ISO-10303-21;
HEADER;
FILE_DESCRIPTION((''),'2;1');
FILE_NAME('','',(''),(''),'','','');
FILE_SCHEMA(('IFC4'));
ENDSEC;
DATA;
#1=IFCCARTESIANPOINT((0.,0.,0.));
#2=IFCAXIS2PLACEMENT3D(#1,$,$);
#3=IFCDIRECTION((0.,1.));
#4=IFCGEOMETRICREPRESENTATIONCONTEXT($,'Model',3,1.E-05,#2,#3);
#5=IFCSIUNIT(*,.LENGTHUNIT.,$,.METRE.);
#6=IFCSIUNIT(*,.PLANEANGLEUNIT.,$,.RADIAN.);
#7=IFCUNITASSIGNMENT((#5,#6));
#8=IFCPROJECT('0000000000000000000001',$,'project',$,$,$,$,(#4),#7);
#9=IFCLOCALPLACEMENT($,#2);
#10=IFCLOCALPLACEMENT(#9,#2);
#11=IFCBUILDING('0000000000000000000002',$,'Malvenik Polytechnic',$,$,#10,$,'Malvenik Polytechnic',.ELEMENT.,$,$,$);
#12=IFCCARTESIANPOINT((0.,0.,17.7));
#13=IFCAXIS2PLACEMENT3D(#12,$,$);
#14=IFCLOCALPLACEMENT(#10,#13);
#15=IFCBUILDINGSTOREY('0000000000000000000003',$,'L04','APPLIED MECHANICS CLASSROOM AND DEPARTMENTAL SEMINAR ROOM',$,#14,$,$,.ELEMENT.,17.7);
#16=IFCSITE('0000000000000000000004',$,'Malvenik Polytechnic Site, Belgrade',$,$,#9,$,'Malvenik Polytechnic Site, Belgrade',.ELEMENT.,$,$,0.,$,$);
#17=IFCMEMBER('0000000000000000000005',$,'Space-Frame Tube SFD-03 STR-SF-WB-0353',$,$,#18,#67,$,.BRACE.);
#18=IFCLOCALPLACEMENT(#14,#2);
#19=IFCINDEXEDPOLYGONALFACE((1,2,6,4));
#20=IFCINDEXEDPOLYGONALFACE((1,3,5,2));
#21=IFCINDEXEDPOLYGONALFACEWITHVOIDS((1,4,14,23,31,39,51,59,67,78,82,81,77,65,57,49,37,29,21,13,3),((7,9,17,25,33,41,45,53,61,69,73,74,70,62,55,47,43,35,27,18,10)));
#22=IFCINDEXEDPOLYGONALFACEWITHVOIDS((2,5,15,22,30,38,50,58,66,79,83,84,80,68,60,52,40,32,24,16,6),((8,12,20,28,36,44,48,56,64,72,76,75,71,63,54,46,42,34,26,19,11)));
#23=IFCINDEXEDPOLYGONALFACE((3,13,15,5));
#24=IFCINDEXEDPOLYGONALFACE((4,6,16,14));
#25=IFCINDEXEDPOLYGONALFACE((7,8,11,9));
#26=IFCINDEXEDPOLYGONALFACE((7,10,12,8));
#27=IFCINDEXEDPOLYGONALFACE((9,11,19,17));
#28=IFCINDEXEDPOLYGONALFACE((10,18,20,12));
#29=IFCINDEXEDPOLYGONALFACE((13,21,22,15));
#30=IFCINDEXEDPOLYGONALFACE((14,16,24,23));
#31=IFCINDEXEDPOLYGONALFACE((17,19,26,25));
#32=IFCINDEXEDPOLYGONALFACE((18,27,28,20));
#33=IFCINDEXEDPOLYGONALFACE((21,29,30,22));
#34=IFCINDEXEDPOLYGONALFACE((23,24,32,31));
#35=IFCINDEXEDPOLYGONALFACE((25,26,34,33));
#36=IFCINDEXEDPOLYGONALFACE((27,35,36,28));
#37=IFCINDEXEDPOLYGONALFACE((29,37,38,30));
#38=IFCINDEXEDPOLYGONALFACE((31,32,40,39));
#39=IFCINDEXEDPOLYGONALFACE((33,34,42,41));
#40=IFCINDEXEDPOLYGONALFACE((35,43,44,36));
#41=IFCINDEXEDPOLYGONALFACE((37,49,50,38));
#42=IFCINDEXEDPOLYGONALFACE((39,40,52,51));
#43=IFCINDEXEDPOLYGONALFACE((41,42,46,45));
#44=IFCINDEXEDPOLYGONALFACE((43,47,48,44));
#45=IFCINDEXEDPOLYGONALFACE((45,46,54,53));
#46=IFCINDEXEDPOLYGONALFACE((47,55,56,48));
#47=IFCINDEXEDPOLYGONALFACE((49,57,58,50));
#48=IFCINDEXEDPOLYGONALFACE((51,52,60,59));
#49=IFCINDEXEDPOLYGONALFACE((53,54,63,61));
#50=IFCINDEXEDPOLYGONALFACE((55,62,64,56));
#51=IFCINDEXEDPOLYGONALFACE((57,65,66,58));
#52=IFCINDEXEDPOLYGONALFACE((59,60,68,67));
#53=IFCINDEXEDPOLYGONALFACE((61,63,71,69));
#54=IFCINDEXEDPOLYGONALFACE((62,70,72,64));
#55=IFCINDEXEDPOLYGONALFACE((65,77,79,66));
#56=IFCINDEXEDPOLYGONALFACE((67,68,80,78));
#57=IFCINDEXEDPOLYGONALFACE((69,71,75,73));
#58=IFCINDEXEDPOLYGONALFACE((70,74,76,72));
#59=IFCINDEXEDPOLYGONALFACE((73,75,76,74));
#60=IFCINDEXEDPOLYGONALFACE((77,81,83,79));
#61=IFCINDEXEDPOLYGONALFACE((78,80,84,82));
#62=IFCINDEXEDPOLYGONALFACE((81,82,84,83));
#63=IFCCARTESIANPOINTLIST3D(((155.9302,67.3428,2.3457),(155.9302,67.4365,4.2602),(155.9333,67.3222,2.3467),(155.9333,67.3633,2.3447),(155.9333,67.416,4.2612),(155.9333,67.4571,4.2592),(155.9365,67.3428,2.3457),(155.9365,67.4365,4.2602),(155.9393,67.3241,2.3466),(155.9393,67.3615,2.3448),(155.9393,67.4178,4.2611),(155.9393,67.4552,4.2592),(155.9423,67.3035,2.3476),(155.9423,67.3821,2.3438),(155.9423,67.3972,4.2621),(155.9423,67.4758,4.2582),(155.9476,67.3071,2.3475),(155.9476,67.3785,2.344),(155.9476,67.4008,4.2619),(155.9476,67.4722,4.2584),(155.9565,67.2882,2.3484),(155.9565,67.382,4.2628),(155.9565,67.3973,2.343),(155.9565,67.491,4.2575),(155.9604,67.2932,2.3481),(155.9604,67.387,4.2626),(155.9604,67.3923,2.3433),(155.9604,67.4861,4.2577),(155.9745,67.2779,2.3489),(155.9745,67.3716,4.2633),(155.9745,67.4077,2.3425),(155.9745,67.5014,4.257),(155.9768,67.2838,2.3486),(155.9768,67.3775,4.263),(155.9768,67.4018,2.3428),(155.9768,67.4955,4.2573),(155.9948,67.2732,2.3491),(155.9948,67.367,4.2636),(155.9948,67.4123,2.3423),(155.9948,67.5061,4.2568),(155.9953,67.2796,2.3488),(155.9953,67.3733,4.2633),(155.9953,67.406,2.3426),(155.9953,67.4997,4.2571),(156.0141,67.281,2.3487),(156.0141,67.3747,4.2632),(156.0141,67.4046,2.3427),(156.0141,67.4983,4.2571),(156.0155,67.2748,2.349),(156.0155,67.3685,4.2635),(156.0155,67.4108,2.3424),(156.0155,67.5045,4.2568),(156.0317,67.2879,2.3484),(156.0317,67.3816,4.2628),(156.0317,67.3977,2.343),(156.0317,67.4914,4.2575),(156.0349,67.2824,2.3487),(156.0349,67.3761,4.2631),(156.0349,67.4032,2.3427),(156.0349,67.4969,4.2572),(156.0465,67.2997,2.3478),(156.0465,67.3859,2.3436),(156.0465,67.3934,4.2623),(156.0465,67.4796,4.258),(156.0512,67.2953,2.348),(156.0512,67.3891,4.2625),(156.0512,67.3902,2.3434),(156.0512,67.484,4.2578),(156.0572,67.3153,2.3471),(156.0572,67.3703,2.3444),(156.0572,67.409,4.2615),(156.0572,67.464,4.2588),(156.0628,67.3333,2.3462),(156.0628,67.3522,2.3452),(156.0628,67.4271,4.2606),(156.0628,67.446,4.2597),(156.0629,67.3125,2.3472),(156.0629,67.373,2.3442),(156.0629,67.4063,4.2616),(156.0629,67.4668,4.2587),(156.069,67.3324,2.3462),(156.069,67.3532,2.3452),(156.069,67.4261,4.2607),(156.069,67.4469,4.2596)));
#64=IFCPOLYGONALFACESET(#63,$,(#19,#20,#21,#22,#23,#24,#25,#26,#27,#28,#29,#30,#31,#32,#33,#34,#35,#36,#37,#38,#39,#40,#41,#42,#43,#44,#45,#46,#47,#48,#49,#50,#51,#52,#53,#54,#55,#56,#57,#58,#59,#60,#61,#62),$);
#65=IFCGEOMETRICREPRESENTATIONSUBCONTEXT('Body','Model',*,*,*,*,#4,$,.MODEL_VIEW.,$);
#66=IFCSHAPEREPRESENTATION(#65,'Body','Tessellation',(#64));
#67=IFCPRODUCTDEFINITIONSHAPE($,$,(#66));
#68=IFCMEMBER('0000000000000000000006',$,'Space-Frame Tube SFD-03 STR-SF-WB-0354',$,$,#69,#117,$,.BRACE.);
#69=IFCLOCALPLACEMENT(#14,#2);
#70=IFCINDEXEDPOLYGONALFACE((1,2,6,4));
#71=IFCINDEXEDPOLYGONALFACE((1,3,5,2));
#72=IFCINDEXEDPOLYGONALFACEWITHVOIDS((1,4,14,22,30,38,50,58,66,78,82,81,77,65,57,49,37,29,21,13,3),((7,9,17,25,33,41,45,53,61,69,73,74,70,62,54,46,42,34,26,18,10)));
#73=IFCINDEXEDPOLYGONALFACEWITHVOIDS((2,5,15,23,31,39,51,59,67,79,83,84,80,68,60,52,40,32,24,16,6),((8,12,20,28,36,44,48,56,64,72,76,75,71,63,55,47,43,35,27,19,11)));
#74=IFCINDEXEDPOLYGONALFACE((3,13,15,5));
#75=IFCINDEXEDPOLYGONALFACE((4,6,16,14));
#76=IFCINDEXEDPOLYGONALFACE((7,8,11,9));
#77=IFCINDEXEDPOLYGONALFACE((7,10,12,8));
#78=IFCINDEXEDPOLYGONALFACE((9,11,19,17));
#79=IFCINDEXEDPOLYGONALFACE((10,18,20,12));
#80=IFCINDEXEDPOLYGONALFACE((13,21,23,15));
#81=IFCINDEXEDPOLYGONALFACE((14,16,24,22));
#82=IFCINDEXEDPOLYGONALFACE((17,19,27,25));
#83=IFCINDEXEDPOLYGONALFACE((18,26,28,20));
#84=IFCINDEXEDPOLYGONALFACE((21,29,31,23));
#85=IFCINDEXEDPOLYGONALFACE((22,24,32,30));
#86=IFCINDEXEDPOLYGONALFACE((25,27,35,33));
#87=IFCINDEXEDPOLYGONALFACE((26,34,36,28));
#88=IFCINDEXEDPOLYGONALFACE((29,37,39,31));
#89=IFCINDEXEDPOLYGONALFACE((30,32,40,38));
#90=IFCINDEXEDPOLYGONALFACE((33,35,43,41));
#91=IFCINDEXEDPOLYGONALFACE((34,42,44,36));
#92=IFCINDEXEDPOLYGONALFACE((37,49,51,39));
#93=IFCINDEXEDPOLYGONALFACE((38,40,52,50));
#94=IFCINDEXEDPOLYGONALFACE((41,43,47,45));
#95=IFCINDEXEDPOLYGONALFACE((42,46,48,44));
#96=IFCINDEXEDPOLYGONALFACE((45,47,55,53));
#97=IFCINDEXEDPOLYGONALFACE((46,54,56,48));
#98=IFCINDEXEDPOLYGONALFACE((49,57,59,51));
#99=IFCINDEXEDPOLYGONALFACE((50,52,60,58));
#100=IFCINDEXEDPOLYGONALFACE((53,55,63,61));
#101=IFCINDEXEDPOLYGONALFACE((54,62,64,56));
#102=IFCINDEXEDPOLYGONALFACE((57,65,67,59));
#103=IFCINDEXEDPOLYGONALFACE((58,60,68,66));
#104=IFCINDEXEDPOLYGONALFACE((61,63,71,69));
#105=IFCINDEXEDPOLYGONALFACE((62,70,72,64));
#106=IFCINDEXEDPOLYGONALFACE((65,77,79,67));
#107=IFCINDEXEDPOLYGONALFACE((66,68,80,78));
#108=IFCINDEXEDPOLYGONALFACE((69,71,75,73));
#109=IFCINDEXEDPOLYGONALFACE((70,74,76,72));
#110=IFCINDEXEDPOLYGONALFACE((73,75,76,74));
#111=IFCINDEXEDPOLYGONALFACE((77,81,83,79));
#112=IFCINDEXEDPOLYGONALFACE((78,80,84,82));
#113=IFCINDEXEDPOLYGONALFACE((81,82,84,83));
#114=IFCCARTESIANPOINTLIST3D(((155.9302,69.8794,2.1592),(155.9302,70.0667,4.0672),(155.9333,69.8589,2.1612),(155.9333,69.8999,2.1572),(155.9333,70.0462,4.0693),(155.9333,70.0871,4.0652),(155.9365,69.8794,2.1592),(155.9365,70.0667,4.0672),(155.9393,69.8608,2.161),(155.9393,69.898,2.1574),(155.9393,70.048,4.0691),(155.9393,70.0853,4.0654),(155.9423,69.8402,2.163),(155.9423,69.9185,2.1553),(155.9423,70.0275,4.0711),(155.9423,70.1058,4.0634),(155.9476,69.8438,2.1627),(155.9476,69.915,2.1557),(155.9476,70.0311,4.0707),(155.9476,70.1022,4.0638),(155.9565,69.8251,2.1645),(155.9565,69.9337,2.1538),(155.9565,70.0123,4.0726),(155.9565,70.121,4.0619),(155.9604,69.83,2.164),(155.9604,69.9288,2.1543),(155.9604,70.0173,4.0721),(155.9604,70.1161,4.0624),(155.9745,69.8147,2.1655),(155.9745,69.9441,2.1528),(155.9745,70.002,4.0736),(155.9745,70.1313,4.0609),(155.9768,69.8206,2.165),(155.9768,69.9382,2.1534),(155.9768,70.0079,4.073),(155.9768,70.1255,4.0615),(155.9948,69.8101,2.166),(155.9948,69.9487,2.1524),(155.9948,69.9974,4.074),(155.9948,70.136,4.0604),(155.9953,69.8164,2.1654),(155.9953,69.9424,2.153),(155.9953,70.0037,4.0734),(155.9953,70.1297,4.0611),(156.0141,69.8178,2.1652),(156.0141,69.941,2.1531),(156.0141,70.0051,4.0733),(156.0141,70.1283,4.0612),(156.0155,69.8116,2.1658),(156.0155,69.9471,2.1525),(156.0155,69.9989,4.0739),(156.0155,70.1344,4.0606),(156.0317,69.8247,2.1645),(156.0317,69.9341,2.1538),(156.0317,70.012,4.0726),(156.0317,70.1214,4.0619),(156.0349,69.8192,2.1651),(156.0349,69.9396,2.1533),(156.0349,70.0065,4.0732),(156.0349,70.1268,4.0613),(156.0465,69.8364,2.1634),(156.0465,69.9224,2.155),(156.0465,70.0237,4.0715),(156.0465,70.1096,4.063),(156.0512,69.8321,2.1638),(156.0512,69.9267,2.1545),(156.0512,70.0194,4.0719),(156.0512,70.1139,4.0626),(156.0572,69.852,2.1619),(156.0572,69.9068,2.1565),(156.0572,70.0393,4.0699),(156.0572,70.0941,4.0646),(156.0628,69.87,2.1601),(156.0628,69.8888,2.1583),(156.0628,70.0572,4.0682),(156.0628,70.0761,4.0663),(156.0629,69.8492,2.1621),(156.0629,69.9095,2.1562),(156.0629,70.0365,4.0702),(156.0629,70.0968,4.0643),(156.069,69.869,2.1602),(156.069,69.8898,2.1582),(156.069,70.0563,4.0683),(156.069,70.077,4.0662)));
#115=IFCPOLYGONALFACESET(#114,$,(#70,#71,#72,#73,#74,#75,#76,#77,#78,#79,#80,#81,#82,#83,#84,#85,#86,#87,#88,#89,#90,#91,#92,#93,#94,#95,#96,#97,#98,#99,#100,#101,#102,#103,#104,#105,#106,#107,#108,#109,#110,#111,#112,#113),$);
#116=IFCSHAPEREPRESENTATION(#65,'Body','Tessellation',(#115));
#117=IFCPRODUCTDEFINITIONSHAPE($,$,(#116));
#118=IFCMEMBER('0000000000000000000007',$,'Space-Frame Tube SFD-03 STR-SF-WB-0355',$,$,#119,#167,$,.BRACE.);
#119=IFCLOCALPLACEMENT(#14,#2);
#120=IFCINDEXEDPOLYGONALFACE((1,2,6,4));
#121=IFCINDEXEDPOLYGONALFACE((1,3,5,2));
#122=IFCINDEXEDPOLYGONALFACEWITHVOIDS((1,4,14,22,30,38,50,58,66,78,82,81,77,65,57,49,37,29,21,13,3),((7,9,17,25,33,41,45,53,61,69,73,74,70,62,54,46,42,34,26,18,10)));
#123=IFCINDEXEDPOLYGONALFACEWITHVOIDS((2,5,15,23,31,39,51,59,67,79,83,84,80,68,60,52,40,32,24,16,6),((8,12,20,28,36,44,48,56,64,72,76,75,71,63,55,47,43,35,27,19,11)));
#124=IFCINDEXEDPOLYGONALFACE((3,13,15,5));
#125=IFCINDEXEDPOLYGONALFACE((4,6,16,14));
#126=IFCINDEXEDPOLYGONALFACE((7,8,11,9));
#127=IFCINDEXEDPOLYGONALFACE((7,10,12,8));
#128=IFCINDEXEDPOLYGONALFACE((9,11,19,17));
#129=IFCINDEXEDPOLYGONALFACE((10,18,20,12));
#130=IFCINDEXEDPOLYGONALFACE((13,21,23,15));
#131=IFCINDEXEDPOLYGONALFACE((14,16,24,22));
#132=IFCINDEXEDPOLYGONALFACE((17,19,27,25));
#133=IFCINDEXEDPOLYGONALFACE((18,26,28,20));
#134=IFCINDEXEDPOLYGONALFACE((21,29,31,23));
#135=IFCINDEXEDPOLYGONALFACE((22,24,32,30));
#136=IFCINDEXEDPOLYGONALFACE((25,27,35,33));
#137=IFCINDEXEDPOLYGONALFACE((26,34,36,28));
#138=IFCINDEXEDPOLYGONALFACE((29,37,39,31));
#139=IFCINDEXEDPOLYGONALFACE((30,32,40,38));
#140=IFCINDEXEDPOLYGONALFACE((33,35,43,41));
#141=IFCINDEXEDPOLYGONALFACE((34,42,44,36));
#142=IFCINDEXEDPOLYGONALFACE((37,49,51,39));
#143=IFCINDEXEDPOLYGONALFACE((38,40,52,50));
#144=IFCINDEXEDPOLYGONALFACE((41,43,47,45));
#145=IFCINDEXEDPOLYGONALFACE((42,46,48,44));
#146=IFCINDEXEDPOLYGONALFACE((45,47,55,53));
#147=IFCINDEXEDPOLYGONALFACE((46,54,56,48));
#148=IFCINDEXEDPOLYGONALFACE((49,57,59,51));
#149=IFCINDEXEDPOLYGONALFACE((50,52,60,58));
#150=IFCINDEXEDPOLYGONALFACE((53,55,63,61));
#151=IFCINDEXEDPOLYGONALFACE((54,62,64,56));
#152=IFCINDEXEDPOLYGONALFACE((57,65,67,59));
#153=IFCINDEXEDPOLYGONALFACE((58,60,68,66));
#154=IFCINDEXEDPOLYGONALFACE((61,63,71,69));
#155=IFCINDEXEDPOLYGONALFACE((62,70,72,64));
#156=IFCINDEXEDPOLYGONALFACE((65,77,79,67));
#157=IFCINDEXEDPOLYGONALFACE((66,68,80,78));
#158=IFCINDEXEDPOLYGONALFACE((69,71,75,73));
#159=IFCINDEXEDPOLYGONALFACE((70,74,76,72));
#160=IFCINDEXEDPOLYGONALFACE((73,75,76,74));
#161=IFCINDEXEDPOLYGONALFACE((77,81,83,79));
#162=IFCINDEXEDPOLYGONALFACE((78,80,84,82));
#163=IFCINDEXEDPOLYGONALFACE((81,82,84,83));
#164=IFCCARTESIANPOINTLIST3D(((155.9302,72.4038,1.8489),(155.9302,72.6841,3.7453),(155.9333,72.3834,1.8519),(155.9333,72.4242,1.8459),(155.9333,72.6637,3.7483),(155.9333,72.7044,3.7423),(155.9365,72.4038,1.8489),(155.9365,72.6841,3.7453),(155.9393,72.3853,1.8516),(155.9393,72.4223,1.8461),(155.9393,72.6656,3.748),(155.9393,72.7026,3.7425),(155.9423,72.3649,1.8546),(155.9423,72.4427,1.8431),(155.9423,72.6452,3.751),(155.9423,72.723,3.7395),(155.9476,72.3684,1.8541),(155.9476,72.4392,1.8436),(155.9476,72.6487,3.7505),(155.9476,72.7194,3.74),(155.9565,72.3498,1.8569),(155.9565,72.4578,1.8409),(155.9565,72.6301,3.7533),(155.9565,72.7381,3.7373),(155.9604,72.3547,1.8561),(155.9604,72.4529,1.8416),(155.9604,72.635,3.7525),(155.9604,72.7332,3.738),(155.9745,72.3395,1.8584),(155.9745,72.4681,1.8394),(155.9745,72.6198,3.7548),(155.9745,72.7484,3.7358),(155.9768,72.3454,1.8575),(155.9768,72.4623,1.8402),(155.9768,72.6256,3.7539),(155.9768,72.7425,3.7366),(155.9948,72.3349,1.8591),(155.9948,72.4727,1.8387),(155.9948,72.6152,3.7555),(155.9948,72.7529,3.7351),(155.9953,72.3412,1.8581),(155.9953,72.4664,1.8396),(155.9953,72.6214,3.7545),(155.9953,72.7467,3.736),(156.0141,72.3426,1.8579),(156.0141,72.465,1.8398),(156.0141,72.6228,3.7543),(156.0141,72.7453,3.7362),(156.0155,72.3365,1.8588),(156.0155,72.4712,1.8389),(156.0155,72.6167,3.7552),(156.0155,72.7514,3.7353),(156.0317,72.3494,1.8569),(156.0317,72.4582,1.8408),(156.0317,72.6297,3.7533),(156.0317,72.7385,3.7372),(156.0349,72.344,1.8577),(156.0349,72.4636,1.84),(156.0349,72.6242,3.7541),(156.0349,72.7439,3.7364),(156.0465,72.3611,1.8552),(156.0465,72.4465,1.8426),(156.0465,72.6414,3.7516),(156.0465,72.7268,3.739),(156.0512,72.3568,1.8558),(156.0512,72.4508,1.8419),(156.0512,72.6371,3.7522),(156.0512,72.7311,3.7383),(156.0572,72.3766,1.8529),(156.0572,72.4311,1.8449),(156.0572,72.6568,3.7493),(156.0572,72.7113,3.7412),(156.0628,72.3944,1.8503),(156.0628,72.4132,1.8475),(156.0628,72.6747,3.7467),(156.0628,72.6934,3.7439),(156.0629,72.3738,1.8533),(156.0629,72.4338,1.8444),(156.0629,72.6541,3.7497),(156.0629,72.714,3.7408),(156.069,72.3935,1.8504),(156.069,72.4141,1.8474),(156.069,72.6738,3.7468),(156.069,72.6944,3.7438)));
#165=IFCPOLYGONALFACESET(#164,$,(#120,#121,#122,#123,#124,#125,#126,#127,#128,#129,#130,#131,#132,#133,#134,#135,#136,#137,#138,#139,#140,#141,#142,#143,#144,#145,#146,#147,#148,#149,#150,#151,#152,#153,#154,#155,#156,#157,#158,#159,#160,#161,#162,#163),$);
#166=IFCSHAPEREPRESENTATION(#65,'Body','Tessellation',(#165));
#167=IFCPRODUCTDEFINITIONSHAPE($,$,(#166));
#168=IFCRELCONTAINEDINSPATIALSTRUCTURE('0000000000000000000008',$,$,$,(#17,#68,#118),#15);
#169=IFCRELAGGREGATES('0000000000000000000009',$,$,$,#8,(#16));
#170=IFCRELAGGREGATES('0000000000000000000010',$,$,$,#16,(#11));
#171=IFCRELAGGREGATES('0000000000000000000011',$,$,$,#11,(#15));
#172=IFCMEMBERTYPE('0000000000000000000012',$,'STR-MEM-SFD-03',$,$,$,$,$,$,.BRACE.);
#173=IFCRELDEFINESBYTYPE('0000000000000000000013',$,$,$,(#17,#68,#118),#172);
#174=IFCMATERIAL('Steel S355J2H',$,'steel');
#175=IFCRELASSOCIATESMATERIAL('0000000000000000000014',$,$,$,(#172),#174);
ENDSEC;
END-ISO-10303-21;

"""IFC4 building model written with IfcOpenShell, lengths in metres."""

from ifc_helpers import new_model, si_unit, direction, frame, origin, origin_2d, place, context, subcontext, project, spatial, hollow_circle, extrude, material, material_profile, profile_set, type_object, element, save


model = new_model("IFC4")

# Units and contexts
model_context = context("Model", 3, precision=1e-05, world=origin(), true_north=direction((0.0, 1.0)))
body_context = subcontext(model_context, "Body", "Model", "MODEL_VIEW")
ifc_project = project(units=[si_unit("LENGTHUNIT", "METRE"), si_unit("PLANEANGLEUNIT", "RADIAN")], contexts=[model_context])

# Site, building, storey
site_placement = place(None, origin())
site = spatial("IfcSite", under=ifc_project, at=site_placement, Name="Malvenik Polytechnic Site, Belgrade", LongName="Malvenik Polytechnic Site, Belgrade", CompositionType="ELEMENT", RefElevation=0.0)
building_placement = place(site_placement, origin())
building = spatial("IfcBuilding", under=site, at=building_placement, Name="Malvenik Polytechnic", LongName="Malvenik Polytechnic", CompositionType="ELEMENT")
storey_placement = place(building_placement, frame((0.0, 0.0, 17.7)))
storey = spatial("IfcBuildingStorey", under=building, at=storey_placement, Name="L04", Description="APPLIED MECHANICS CLASSROOM AND DEPARTMENTAL SEMINAR ROOM", CompositionType="ELEMENT", Elevation=17.7)

# Members
ifc_material_1 = material(Name="Steel S355J2H", Category="steel")
ifc_material_profile_1 = material_profile(ifc_material_1, hollow_circle(Radius=0.0698, WallThickness=0.0063, at=origin_2d()), Name="CHS 139.7x6.3")
ifc_profile_set_1 = profile_set([ifc_material_profile_1], Name="Steel S355J2H")
member_type_1 = type_object("IfcMemberType", Name="STR-MEM-SFD-03", PredefinedType="BRACE", material=ifc_profile_set_1)
member_1_placement = place(storey_placement, frame((156.0, 67.3428, 2.3457), z_axis=(0.0, 0.048908, 0.998803), x_axis=(-1.0, 0.0, 0.0)))
element("IfcMember", 1, at=member_1_placement, inside=storey, type_object=member_type_1, Name="Space-Frame Tube SFD-03 STR-SF-WB-0353", PredefinedType="BRACE", context=body_context, shape_type="SweptSolid", body=[
    extrude(hollow_circle(Radius=0.0698, WallThickness=0.0063, at=origin_2d()), origin(), (0.0, 0.0, 1.0), 1.9167),
])
member_2_placement = place(storey_placement, frame((156.0, 69.8794, 2.1592), z_axis=(0.0, 0.097675, 0.995218), x_axis=(-1.0, 0.0, 0.0)))
element("IfcMember", 2, at=member_2_placement, inside=storey, type_object=member_type_1, Name="Space-Frame Tube SFD-03 STR-SF-WB-0354", PredefinedType="BRACE", context=body_context, shape_type="SweptSolid", body=[
    extrude(hollow_circle(Radius=0.0698, WallThickness=0.0063, at=origin_2d()), origin(), (0.0, 0.0, 1.0), 1.9172),
])
member_3_placement = place(storey_placement, frame((156.0, 72.4038, 1.8489), z_axis=(0.0, 0.146198, 0.989255), x_axis=(-1.0, 0.0, 0.0)))
element("IfcMember", 3, at=member_3_placement, inside=storey, type_object=member_type_1, Name="Space-Frame Tube SFD-03 STR-SF-WB-0355", PredefinedType="BRACE", context=body_context, shape_type="SweptSolid", body=[
    extrude(hollow_circle(Radius=0.0698, WallThickness=0.0063, at=origin_2d()), origin(), (0.0, 0.0, 1.0), 1.917),
])

save(model, "model.ifc")
